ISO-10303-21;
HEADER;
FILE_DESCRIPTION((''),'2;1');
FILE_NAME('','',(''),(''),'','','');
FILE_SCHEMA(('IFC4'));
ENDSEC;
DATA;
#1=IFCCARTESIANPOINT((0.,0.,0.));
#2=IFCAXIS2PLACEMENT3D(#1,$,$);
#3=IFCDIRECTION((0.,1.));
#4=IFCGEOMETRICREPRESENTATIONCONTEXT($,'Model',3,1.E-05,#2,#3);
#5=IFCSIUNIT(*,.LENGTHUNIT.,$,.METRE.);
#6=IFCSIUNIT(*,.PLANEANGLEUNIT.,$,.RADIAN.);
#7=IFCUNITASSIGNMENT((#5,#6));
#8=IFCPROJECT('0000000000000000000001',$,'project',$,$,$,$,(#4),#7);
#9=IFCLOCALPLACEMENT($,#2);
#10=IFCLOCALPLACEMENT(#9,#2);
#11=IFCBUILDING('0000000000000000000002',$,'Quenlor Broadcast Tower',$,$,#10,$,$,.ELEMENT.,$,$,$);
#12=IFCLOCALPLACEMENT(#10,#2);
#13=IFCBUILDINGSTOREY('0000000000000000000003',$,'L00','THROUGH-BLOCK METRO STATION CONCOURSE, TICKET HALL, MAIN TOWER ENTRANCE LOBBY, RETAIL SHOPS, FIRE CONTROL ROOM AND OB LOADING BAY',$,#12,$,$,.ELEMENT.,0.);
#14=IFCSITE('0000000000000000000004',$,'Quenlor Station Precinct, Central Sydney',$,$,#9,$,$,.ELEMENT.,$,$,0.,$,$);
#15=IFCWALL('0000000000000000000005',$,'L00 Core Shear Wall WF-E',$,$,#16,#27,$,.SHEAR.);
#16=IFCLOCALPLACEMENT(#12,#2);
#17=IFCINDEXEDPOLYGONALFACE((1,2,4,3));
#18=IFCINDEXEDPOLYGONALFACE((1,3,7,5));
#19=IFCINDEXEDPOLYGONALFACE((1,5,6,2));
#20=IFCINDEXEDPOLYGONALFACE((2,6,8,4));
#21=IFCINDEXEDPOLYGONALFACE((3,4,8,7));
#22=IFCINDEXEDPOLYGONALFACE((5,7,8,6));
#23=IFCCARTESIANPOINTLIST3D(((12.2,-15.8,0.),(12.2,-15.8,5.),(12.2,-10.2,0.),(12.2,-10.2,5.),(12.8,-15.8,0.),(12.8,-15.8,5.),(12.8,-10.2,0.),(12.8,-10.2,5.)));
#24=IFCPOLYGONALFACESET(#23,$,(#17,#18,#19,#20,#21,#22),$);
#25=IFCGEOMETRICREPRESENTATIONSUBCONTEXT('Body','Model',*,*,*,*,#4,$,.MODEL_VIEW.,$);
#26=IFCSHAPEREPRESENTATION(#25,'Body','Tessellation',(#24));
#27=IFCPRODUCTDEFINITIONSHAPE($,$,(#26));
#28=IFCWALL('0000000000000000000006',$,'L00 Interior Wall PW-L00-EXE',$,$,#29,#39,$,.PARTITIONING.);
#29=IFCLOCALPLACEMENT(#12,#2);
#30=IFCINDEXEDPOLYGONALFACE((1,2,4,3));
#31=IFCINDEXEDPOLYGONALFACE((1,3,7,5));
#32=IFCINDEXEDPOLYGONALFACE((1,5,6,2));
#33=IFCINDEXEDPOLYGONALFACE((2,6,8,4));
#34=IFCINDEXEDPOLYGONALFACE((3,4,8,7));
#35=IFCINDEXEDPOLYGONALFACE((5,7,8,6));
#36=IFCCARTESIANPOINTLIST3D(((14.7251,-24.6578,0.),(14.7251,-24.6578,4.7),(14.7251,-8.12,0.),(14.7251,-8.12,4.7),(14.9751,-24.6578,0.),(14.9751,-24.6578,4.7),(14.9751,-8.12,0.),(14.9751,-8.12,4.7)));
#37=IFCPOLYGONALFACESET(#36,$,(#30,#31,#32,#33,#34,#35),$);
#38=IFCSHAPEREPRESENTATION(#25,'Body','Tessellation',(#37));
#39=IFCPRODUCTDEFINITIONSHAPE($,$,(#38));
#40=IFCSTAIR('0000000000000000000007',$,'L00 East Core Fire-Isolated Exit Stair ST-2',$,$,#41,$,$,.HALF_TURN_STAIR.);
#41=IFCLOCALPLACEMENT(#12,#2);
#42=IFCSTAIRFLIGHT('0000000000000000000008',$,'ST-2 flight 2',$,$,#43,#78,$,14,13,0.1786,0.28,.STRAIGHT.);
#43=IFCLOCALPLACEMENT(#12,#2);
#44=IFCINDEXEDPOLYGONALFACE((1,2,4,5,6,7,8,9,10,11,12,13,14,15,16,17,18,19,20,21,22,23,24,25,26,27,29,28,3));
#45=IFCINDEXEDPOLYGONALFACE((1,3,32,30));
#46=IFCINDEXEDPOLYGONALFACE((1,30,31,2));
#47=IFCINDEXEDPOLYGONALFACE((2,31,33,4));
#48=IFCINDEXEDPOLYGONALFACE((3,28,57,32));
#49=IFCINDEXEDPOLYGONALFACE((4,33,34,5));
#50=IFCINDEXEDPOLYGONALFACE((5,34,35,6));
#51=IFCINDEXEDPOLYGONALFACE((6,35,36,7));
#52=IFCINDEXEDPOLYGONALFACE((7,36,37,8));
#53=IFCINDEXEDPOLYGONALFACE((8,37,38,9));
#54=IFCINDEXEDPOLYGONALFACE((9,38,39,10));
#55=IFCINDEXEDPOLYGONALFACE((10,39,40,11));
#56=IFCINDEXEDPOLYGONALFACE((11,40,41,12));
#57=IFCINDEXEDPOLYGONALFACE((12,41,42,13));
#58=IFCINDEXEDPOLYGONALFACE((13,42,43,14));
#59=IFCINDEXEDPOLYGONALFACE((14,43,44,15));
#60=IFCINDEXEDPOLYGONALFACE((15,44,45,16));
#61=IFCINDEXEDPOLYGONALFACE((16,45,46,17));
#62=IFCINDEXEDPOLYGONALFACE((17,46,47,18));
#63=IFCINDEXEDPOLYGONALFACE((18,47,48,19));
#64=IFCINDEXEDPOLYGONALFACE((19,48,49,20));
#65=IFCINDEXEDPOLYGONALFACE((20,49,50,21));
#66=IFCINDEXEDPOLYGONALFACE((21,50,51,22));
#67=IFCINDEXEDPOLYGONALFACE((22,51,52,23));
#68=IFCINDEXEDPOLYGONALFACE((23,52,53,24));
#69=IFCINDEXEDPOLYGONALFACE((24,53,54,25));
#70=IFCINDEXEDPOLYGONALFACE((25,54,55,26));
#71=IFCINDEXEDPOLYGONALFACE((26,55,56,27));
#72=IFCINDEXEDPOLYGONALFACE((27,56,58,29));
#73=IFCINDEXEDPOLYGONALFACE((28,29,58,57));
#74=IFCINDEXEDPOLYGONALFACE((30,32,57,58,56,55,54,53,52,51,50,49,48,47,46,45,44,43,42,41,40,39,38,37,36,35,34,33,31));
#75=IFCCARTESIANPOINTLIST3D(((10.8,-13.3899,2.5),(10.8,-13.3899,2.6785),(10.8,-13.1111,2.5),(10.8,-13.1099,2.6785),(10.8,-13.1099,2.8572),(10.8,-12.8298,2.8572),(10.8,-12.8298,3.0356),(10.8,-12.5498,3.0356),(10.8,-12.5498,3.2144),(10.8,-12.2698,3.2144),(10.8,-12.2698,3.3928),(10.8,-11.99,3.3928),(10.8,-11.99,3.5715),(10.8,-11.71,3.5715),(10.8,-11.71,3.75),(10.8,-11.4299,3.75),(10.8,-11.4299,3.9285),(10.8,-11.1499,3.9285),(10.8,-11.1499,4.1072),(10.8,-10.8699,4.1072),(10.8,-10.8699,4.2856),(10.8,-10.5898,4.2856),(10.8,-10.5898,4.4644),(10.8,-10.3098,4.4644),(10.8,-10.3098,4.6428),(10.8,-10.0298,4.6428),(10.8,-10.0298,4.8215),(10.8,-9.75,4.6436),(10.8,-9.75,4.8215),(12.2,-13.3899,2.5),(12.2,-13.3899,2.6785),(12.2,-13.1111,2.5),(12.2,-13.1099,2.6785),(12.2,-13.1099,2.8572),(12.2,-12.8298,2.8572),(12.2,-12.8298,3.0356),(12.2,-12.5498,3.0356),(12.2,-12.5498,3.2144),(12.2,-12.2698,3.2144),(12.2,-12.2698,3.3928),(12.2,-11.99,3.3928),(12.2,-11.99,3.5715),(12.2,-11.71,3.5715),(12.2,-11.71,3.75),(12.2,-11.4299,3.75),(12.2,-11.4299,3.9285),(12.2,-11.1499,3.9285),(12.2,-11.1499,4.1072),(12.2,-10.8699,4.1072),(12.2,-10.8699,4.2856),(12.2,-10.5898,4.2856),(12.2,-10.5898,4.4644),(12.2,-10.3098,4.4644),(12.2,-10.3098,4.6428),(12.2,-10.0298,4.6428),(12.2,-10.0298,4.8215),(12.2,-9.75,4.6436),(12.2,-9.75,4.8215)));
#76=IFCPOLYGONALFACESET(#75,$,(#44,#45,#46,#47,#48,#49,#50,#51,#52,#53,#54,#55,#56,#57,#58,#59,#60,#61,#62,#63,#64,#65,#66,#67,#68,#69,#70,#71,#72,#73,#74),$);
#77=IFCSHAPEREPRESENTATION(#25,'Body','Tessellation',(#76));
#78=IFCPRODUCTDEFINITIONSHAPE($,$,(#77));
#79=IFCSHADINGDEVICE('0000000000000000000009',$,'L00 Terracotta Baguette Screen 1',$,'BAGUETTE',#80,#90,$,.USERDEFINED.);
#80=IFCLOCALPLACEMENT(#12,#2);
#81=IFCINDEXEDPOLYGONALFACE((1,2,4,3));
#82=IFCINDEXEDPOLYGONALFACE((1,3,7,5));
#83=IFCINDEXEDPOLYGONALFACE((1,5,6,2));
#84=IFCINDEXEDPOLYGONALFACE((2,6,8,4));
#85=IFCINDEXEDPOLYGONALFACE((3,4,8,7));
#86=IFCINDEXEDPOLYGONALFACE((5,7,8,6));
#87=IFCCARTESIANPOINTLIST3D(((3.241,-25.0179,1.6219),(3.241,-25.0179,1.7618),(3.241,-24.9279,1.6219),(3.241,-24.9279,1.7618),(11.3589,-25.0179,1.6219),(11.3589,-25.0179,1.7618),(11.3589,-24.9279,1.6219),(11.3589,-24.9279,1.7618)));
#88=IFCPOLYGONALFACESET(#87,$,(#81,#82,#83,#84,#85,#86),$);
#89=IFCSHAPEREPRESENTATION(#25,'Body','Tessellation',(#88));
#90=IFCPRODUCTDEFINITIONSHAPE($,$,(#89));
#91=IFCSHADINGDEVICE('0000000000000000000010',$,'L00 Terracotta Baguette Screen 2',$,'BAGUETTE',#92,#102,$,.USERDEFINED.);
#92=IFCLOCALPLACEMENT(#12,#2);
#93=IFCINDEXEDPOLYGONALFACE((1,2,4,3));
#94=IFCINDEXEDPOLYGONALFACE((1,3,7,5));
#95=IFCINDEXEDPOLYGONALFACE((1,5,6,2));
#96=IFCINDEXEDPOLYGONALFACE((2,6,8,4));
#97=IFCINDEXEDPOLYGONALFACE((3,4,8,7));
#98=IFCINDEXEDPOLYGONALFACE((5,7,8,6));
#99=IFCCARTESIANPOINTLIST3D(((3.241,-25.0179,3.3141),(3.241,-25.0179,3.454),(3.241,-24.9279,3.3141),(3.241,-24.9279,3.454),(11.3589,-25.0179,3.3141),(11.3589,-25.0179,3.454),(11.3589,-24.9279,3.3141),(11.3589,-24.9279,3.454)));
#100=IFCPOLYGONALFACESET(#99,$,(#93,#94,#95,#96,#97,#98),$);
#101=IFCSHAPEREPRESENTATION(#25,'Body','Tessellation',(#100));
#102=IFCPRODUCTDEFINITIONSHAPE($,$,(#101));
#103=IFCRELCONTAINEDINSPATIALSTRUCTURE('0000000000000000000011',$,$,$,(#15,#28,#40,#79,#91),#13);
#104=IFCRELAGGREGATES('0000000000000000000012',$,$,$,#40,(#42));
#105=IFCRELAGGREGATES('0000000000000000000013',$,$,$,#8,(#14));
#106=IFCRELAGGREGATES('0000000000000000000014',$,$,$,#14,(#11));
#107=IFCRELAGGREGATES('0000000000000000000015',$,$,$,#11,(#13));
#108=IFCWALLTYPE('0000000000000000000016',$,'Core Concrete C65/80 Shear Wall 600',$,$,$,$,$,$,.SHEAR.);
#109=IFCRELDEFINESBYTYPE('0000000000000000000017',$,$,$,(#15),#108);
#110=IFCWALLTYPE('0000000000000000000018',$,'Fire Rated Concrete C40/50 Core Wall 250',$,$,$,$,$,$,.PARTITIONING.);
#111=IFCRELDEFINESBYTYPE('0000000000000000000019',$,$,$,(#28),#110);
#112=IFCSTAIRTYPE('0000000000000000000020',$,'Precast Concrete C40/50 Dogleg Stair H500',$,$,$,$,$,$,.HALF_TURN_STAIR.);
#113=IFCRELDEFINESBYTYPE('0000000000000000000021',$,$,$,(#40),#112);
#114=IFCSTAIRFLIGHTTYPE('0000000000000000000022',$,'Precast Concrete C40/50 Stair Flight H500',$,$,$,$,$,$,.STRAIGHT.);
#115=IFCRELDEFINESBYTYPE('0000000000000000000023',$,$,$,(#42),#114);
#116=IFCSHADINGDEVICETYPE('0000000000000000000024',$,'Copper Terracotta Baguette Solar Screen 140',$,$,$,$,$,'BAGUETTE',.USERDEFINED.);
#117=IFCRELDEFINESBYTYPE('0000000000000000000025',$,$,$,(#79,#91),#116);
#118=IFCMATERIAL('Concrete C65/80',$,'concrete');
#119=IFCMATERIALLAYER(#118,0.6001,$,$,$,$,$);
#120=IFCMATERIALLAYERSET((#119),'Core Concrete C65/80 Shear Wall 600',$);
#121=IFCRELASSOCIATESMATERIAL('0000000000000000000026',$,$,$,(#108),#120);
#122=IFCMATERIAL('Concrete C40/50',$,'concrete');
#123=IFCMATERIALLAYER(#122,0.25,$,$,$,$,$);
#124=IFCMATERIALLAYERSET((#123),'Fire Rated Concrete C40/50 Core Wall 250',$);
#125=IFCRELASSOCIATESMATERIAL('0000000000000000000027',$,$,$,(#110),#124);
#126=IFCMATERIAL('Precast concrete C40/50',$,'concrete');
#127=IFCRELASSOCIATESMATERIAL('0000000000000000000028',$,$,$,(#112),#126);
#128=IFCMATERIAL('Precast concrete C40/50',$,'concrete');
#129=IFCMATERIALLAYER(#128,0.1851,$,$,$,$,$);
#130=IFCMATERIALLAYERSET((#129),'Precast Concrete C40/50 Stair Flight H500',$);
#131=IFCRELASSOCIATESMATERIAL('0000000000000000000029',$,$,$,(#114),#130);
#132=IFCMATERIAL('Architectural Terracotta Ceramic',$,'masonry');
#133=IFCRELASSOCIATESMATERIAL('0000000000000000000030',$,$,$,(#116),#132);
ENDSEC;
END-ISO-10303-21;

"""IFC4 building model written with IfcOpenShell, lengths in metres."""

from ifc_helpers import new_model, si_unit, direction, frame, frame_2d, origin, origin_2d, place, context, subcontext, project, spatial, polyline, rectangle, outline, extrude, material, layer, layer_set, material_profile, profile_set, type_object, element, aggregate, save


model = new_model("IFC4")

# Units and contexts
model_context = context("Model", 3, precision=1e-05, world=origin(), true_north=direction((0.0, 1.0)))
body_context = subcontext(model_context, "Body", "Model", "MODEL_VIEW")
ifc_project = project(units=[si_unit("LENGTHUNIT", "METRE"), si_unit("PLANEANGLEUNIT", "RADIAN")], contexts=[model_context])

# Site, building, storey
site_placement = place(None, origin())
site = spatial("IfcSite", under=ifc_project, at=site_placement, Name="Quenlor Station Precinct, Central Sydney", CompositionType="ELEMENT", RefElevation=0.0)
building_placement = place(site_placement, origin())
building = spatial("IfcBuilding", under=site, at=building_placement, Name="Quenlor Broadcast Tower", CompositionType="ELEMENT")
storey_placement = place(building_placement, origin())
storey = spatial("IfcBuildingStorey", under=building, at=storey_placement, Name="L00", Description="THROUGH-BLOCK METRO STATION CONCOURSE, TICKET HALL, MAIN TOWER ENTRANCE LOBBY, RETAIL SHOPS, FIRE CONTROL ROOM AND OB LOADING BAY", CompositionType="ELEMENT", Elevation=0.0)

# Wall
ifc_material_1 = material(Name="Concrete C65/80", Category="concrete")
ifc_layer_1 = layer(ifc_material_1, 0.6001)
ifc_layer_set_1 = layer_set([ifc_layer_1], Name="Core Concrete C65/80 Shear Wall 600")
wall_type_1 = type_object("IfcWallType", Name="Core Concrete C65/80 Shear Wall 600", PredefinedType="SHEAR", material=ifc_layer_set_1)
wall_1_placement = place(storey_placement, frame((12.5, -15.8, 0.0), z_axis=(0.0, 0.0, 1.0), x_axis=(0.0, 1.0, 0.0)))
element("IfcWall", 1, at=wall_1_placement, inside=storey, type_object=wall_type_1, Name="L00 Core Shear Wall WF-E", PredefinedType="SHEAR", context=body_context, shape_type="SweptSolid", body=[
    extrude(rectangle(XDim=5.6001, YDim=0.6001, at=frame_2d((2.8, 0.0))), origin(), (0.0, 0.0, 1.0), 5.0),
])

# Shared definitions
ifc_material_2 = material(Name="Concrete C40/50", Category="concrete")
ifc_layer_2 = layer(ifc_material_2, 0.25)
ifc_layer_set_2 = layer_set([ifc_layer_2], Name="Fire Rated Concrete C40/50 Core Wall 250")
wall_type_2 = type_object("IfcWallType", Name="Fire Rated Concrete C40/50 Core Wall 250", PredefinedType="PARTITIONING", material=ifc_layer_set_2)

# Wall
wall_2_placement = place(storey_placement, frame((14.8501, -24.658, 0.0), z_axis=(0.0, 0.0, 1.0), x_axis=(0.0, 1.0, 0.0)))
element("IfcWall", 2, at=wall_2_placement, inside=storey, type_object=wall_type_2, Name="L00 Interior Wall PW-L00-EXE", PredefinedType="PARTITIONING", context=body_context, shape_type="SweptSolid", body=[
    extrude(rectangle(XDim=16.5378, YDim=0.25, at=frame_2d((8.269, 0.0))), origin(), (0.0, 0.0, 1.0), 4.7),
])

# Stair, stair flight
ifc_material_3 = material(Name="Precast concrete C40/50", Category="concrete")
stair_type = type_object("IfcStairType", Name="Precast Concrete C40/50 Dogleg Stair H500", PredefinedType="HALF_TURN_STAIR", material=ifc_material_3)
stair_placement = place(storey_placement, origin())
stair = element("IfcStair", 3, at=stair_placement, inside=storey, type_object=stair_type, Name="L00 East Core Fire-Isolated Exit Stair ST-2", PredefinedType="HALF_TURN_STAIR")
ifc_material_4 = material(Name="Precast concrete C40/50", Category="concrete")
ifc_layer_3 = layer(ifc_material_4, 0.1851)
ifc_layer_set_3 = layer_set([ifc_layer_3], Name="Precast Concrete C40/50 Stair Flight H500")
stair_flight_type = type_object("IfcStairFlightType", Name="Precast Concrete C40/50 Stair Flight H500", PredefinedType="STRAIGHT", material=ifc_layer_set_3)
stair_flight_placement = place(storey_placement, frame((11.5, -13.3899, 2.5), z_axis=(0.0, 0.0, 1.0), x_axis=(0.0, 1.0, 0.0)))
stair_flight = element("IfcStairFlight", 4, at=stair_flight_placement, type_object=stair_flight_type, Name="ST-2 flight 2", NumberOfRisers=14, NumberOfTreads=13, PredefinedType="STRAIGHT", RiserHeight=0.1786, TreadLength=0.28, context=body_context, shape_type="SweptSolid", body=[
    extrude(outline(polyline([(0.0, 0.0), (0.0, 0.1785), (0.28, 0.1785), (0.28, 0.3572), (0.5601, 0.3572), (0.5601, 0.5356), (0.8401, 0.5356), (0.8401, 0.7144), (1.1201, 0.7144), (1.1201, 0.8928), (1.3999, 0.8928), (1.3999, 1.0715), (1.6799, 1.0715), (1.6799, 1.25), (1.96, 1.25), (1.96, 1.4285), (2.24, 1.4285), (2.24, 1.6072), (2.52, 1.6072), (2.52, 1.7856), (2.8, 1.7856), (2.8, 1.9644), (3.0801, 1.9644), (3.0801, 2.1428), (3.3601, 2.1428), (3.3601, 2.3215), (3.6399, 2.3215), (3.6399, 2.5), (3.6399, 2.1436), (0.2788, 0.0), (0.0, 0.0)])), frame((0.0, 0.7, 0.0), z_axis=(0.0, -1.0, 0.0), x_axis=(1.0, 0.0, 0.0)), (0.0, 0.0, 1.0), 1.3999),
])
aggregate(stair, [stair_flight])

# Shading devices
ifc_material_5 = material(Name="Architectural Terracotta Ceramic", Category="masonry")
ifc_material_profile_1 = material_profile(ifc_material_5, rectangle(XDim=0.0901, YDim=0.1399, at=origin_2d()))
ifc_profile_set_1 = profile_set([ifc_material_profile_1], Name="Architectural Terracotta Ceramic BAG90x140")
shading_device_type = type_object("IfcShadingDeviceType", Name="Copper Terracotta Baguette Solar Screen 140", ElementType="BAGUETTE", PredefinedType="USERDEFINED", material=ifc_profile_set_1)
for number, where, z_axis, x_axis, name in (
    (5, (11.3589, -24.9729, 1.6919), (-1.0, 0.0, 0.0), (0.0, -1.0, 0.0), "L00 Terracotta Baguette Screen 1"),
    (6, (11.3589, -24.9729, 3.384), (-1.0, 0.0, 0.0), (0.0, -1.0, 0.0), "L00 Terracotta Baguette Screen 2"),
):
    element("IfcShadingDevice", number, at=place(storey_placement, frame(where, z_axis=z_axis, x_axis=x_axis)), inside=storey, type_object=shading_device_type, Name=name, ObjectType="BAGUETTE", PredefinedType="USERDEFINED", context=body_context, shape_type="SweptSolid", body=[
        extrude(rectangle(XDim=0.0901, YDim=0.1399, at=origin_2d()), origin(), (0.0, 0.0, 1.0), 8.1179),
    ])

save(model, "model.ifc")
